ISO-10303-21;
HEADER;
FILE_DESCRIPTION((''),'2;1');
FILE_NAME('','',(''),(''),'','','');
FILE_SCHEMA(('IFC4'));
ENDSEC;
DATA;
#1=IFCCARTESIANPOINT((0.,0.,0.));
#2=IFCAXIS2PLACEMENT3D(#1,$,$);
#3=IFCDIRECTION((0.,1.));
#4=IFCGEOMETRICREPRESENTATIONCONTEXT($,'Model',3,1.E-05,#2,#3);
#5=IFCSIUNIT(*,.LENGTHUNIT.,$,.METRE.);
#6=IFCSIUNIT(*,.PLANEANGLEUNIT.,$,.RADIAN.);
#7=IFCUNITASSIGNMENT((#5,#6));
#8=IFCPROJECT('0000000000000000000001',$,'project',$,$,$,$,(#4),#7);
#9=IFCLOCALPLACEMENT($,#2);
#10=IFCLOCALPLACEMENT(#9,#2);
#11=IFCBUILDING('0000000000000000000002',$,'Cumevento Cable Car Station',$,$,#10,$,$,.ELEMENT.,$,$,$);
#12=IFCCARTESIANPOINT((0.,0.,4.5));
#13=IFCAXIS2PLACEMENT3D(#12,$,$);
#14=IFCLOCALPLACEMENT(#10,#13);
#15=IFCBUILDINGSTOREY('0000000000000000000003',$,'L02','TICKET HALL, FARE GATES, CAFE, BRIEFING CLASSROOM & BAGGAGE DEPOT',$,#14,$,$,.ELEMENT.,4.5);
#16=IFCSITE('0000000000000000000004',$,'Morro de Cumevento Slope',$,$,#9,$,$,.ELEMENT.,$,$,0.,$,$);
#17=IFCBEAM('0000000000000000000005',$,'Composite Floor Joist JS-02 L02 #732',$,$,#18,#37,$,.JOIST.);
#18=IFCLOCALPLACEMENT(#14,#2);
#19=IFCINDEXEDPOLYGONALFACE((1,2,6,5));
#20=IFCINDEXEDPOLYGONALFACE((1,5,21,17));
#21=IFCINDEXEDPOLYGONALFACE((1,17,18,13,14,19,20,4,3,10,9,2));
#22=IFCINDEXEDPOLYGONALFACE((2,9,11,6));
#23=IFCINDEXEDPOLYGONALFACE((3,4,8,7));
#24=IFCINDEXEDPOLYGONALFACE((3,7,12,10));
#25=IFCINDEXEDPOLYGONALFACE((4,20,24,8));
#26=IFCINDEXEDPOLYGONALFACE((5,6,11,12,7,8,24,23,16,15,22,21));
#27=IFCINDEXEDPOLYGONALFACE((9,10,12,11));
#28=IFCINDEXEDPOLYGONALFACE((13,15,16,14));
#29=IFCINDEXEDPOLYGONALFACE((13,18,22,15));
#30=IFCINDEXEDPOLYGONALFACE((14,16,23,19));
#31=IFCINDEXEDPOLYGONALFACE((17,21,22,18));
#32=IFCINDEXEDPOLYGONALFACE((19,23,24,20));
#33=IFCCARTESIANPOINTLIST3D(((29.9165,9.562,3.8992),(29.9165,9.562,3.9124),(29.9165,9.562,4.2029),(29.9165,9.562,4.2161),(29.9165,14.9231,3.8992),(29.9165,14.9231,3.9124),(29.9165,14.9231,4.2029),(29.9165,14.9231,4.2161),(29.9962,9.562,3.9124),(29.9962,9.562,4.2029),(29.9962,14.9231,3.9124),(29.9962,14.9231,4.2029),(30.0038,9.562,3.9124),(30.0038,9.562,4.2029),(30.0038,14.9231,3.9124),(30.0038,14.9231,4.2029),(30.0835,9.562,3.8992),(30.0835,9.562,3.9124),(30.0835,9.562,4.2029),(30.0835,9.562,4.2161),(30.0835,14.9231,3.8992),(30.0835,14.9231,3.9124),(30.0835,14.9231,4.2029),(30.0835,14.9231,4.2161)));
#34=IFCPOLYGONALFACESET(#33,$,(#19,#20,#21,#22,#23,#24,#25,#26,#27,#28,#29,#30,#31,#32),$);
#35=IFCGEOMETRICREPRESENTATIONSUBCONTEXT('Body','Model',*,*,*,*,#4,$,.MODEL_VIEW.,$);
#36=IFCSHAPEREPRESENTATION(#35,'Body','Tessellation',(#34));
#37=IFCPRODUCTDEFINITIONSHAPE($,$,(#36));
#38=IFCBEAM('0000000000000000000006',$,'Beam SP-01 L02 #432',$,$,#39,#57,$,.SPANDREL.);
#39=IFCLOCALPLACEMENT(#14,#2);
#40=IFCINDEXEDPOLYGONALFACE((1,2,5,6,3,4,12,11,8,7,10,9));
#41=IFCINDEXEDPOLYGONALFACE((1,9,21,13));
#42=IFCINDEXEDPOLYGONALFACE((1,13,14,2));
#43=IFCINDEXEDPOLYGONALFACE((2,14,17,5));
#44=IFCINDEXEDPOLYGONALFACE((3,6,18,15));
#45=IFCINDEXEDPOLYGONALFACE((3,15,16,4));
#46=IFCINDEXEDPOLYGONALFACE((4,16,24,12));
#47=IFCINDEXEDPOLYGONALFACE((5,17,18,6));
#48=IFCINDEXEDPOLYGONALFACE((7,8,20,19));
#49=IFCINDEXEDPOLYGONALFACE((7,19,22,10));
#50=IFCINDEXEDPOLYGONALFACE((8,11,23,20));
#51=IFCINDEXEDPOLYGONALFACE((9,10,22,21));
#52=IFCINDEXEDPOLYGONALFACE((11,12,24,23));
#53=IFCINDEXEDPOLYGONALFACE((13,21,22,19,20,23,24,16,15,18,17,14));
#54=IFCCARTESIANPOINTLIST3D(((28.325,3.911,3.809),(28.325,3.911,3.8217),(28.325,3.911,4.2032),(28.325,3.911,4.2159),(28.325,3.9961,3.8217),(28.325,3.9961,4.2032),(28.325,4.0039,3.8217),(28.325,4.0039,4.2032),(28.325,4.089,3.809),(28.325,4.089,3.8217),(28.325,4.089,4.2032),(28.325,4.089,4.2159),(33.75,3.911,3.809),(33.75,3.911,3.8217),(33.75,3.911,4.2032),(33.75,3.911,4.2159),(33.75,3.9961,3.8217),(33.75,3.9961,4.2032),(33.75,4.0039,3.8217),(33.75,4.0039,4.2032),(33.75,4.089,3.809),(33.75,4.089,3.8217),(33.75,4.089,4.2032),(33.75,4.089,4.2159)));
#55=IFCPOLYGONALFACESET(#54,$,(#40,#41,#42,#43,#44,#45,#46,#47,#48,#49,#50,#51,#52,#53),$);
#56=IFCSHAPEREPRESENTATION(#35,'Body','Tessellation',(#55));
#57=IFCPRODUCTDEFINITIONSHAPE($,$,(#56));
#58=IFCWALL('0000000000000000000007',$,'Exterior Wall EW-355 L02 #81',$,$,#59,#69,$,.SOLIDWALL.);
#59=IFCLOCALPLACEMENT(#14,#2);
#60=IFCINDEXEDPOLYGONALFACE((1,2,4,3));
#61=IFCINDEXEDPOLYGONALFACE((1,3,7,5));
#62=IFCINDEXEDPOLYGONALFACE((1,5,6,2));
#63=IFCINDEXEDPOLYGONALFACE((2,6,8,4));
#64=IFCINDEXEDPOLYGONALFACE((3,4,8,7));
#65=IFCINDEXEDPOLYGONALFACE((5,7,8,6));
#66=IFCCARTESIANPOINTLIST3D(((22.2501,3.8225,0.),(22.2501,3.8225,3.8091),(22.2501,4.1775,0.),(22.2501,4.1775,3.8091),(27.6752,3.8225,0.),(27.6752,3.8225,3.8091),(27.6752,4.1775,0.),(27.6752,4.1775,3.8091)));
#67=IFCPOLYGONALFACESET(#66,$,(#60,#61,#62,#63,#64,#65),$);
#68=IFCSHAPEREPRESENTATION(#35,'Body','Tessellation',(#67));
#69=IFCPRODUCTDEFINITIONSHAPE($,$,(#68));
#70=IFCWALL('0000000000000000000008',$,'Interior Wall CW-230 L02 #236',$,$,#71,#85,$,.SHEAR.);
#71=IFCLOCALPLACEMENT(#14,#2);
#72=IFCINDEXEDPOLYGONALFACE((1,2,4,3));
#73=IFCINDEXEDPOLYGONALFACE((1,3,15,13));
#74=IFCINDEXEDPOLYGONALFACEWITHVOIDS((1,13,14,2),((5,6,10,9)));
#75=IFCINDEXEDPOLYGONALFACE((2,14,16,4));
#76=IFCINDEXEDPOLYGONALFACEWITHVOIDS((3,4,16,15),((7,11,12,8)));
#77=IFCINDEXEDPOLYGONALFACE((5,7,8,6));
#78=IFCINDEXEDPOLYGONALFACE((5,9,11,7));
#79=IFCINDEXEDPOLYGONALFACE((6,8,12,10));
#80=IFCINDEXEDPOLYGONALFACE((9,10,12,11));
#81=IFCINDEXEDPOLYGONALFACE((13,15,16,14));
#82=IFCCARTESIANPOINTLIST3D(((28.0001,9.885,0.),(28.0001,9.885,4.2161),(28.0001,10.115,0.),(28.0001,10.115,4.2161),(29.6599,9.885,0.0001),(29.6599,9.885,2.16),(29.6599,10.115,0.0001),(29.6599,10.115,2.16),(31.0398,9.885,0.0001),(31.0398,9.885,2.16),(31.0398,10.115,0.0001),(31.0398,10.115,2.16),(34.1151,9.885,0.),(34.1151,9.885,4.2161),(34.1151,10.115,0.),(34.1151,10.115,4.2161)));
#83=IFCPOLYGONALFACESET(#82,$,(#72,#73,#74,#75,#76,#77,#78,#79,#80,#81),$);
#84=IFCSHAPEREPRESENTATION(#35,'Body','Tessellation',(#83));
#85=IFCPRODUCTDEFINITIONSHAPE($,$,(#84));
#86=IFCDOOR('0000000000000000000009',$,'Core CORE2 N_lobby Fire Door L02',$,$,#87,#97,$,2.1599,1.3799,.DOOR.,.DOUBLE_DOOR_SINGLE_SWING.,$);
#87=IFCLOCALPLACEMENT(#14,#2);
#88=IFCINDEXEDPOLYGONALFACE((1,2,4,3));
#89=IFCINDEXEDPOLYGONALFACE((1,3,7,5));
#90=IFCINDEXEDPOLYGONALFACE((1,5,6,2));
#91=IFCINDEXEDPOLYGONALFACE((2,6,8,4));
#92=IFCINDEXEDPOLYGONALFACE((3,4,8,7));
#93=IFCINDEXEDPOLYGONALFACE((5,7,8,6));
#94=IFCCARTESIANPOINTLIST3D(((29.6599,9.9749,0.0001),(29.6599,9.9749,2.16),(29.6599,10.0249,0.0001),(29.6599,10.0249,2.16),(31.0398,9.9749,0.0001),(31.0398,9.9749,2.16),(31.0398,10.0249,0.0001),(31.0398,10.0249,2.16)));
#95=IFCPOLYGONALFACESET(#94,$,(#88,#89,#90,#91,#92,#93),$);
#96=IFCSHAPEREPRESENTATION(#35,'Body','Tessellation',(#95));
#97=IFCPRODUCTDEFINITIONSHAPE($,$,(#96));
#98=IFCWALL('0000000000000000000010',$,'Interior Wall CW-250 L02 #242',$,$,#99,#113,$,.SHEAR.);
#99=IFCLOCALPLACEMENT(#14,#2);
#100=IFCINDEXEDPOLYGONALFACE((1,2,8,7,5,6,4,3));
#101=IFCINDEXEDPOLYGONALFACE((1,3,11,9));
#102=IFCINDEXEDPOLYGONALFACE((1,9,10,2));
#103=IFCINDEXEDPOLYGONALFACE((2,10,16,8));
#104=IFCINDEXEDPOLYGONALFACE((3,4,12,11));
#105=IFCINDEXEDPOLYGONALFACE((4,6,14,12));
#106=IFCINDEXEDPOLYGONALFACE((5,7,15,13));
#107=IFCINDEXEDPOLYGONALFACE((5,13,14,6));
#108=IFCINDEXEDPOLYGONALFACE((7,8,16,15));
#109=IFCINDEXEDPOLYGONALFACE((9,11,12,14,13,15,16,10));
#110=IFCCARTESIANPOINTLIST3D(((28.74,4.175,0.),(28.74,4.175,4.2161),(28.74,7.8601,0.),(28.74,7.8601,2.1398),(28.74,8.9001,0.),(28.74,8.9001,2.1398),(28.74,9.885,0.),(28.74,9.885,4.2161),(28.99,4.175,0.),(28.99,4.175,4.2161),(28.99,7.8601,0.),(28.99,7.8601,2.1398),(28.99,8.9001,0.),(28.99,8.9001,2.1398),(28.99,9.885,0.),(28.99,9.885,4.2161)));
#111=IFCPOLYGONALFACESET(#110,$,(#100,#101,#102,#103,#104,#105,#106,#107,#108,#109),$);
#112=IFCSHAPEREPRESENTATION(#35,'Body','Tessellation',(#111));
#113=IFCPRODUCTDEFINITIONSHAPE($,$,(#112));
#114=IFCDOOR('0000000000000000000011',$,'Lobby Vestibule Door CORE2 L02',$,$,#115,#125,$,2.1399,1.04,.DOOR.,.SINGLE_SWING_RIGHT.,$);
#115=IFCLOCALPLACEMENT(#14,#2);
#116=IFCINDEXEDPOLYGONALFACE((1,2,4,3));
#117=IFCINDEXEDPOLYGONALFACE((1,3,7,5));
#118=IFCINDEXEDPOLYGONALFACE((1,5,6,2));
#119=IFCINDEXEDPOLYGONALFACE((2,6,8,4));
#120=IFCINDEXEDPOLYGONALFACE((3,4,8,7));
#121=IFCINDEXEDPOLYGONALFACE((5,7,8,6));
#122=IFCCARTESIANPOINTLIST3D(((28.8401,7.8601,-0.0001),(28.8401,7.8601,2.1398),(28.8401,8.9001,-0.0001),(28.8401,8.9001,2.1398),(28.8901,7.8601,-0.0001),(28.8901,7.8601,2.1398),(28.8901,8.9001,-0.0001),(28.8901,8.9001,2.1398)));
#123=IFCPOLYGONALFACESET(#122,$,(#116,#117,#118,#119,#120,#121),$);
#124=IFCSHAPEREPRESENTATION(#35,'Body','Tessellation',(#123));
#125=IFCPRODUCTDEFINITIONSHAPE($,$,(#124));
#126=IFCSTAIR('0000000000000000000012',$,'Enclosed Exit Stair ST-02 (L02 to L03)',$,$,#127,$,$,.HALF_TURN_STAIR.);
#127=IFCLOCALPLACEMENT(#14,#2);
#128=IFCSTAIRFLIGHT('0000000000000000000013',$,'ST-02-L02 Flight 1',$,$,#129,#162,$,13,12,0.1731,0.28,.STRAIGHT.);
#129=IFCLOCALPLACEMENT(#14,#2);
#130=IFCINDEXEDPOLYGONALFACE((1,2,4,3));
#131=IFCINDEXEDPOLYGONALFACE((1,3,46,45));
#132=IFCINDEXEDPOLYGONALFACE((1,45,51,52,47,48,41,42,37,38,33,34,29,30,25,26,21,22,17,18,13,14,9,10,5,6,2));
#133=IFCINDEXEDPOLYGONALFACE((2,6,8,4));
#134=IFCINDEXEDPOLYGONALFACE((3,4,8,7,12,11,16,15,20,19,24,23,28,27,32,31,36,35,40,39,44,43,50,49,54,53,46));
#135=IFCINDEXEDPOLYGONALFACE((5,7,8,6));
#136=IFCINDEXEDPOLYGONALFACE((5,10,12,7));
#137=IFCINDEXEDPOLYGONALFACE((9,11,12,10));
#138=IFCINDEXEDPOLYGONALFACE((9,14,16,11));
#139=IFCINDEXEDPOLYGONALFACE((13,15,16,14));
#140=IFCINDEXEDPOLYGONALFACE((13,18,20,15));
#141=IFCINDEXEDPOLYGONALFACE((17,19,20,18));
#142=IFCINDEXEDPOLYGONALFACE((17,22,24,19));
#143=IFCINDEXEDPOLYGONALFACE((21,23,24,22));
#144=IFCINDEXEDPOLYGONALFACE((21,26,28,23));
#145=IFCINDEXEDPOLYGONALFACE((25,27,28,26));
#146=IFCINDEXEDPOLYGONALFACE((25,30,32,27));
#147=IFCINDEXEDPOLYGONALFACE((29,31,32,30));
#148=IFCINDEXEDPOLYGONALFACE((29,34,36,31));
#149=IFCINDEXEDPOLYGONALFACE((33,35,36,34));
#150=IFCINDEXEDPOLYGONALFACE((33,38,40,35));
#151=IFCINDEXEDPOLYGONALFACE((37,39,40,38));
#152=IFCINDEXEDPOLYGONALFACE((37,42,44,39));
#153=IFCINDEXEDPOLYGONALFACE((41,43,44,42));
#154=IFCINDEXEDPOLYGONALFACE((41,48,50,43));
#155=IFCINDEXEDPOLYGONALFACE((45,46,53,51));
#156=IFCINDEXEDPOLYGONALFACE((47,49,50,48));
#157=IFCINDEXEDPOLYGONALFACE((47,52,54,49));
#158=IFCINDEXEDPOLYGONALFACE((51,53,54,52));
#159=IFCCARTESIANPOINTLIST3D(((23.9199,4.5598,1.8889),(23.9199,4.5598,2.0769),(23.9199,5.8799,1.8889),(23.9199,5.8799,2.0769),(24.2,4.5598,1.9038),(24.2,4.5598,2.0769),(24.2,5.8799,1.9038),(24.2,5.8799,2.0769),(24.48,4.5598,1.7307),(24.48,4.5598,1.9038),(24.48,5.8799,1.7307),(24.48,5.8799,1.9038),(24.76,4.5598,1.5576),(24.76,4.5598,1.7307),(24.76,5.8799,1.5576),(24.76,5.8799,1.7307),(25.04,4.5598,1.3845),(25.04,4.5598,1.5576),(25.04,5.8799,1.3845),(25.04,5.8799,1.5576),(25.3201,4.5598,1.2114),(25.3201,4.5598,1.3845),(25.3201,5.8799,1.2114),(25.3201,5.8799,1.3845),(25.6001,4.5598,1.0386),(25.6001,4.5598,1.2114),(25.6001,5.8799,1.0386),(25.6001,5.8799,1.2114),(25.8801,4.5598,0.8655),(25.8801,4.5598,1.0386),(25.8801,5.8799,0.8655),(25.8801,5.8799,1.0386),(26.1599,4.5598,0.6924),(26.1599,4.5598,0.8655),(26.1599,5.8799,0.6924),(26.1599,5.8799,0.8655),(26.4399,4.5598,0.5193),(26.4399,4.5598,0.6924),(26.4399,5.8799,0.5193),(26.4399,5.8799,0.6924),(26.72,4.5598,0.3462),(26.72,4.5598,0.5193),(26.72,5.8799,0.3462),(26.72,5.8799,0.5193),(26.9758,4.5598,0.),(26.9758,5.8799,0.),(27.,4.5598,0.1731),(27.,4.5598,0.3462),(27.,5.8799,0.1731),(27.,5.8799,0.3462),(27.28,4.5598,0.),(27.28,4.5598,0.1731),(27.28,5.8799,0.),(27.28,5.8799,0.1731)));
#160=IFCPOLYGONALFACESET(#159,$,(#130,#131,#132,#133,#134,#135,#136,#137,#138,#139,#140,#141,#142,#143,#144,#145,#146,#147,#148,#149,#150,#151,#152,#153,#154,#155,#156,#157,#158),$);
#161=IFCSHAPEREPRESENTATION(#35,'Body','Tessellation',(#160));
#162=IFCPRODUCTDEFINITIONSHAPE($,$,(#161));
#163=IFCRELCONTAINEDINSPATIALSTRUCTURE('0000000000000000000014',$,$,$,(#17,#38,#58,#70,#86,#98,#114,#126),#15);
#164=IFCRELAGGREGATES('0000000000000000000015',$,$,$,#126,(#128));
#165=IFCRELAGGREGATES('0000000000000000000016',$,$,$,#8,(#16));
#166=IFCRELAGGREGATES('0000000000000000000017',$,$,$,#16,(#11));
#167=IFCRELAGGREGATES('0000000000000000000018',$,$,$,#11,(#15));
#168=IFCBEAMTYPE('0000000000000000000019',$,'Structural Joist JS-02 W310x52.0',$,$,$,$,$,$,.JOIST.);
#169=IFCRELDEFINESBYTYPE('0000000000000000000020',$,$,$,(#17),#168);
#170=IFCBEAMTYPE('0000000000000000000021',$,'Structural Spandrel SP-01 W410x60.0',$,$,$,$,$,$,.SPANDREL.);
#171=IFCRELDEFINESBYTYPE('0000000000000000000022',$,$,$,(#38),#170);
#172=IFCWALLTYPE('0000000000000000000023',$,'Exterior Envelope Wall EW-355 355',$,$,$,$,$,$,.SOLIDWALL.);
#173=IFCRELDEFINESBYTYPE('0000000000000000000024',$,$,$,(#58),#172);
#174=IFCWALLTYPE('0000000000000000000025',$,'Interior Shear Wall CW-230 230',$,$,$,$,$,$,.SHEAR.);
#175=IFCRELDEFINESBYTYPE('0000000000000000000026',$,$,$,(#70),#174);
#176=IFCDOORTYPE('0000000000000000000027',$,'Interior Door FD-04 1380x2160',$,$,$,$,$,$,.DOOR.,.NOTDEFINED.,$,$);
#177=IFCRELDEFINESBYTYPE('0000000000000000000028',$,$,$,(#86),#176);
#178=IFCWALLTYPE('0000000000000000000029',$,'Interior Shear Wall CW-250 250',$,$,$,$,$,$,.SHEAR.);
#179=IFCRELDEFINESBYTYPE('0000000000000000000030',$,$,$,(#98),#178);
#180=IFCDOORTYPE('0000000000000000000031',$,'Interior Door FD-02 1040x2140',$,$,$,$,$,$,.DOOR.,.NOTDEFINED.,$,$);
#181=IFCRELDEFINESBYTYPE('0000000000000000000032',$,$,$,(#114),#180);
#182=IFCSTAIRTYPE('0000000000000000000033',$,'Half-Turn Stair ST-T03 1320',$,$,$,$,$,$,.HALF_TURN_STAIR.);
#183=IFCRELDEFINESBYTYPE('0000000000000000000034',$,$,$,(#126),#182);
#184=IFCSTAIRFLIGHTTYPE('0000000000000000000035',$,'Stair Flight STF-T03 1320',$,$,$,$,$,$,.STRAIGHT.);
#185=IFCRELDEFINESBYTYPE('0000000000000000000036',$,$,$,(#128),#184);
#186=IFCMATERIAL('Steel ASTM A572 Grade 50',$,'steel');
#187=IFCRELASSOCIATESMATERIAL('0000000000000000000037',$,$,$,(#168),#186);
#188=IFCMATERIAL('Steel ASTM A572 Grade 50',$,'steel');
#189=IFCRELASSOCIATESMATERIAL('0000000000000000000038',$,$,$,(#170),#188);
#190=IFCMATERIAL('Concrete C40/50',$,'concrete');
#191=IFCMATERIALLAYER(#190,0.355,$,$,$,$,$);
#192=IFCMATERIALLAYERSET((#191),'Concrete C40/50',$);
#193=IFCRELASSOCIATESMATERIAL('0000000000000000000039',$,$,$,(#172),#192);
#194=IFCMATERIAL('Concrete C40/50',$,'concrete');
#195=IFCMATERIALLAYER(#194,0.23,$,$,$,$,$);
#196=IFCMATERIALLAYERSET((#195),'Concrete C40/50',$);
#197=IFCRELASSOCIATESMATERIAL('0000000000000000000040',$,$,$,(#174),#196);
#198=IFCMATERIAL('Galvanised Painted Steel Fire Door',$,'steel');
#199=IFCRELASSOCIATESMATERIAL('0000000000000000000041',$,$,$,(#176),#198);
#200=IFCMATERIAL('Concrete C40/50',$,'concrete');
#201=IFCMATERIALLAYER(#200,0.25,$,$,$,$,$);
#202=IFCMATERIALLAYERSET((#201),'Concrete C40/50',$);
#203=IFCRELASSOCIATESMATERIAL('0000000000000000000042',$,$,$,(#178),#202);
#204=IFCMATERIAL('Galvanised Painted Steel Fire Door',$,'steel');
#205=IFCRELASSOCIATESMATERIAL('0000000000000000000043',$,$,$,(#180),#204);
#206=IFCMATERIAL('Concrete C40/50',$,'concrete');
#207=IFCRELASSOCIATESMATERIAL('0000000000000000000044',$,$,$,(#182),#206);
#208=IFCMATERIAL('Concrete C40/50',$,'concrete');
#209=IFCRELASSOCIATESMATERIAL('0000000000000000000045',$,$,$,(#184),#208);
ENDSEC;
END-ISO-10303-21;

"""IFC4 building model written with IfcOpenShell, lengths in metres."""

from ifc_helpers import new_model, si_unit, direction, frame, frame_2d, origin, origin_2d, place, context, subcontext, project, spatial, polyline, rectangle, i_section, outline, extrude, material, layer, layer_set, material_profile, profile_set, type_object, element, fill, aggregate, save


model = new_model("IFC4")

# Units and contexts
model_context = context("Model", 3, precision=1e-05, world=origin(), true_north=direction((0.0, 1.0)))
body_context = subcontext(model_context, "Body", "Model", "MODEL_VIEW")
ifc_project = project(units=[si_unit("LENGTHUNIT", "METRE"), si_unit("PLANEANGLEUNIT", "RADIAN")], contexts=[model_context])

# Site, building, storey
site_placement = place(None, origin())
site = spatial("IfcSite", under=ifc_project, at=site_placement, Name="Morro de Cumevento Slope", CompositionType="ELEMENT", RefElevation=0.0)
building_placement = place(site_placement, origin())
building = spatial("IfcBuilding", under=site, at=building_placement, Name="Cumevento Cable Car Station", CompositionType="ELEMENT")
storey_placement = place(building_placement, frame((0.0, 0.0, 4.5)))
storey = spatial("IfcBuildingStorey", under=building, at=storey_placement, Name="L02", Description="TICKET HALL, FARE GATES, CAFE, BRIEFING CLASSROOM & BAGGAGE DEPOT", CompositionType="ELEMENT", Elevation=4.5)

# Beams
ifc_material_1 = material(Name="Steel ASTM A572 Grade 50", Category="steel")
ifc_material_profile_1 = material_profile(ifc_material_1, i_section(OverallWidth=0.167, OverallDepth=0.3169, WebThickness=0.0076, FlangeThickness=0.0132, at=origin_2d()), Name="W310x52.0")
ifc_profile_set_1 = profile_set([ifc_material_profile_1], Name="Steel ASTM A572 Grade 50")
beam_type_1 = type_object("IfcBeamType", Name="Structural Joist JS-02 W310x52.0", PredefinedType="JOIST", material=ifc_profile_set_1)
for number, where, z_axis, x_axis, name in (
    (1, (30.0, 9.562, 4.0576), (0.0, 1.0, 0.0), (-1.0, 0.0, 0.0), "Composite Floor Joist JS-02 L02 #732"),
):
    element("IfcBeam", number, at=place(storey_placement, frame(where, z_axis=z_axis, x_axis=x_axis)), inside=storey, type_object=beam_type_1, Name=name, PredefinedType="JOIST", context=body_context, shape_type="SweptSolid", body=[
        extrude(i_section(OverallWidth=0.167, OverallDepth=0.3169, WebThickness=0.0076, FlangeThickness=0.0132, at=origin_2d()), origin(), (0.0, 0.0, 1.0), 5.3611),
    ])
ifc_material_2 = material(Name="Steel ASTM A572 Grade 50", Category="steel")
ifc_material_profile_2 = material_profile(ifc_material_2, i_section(OverallWidth=0.178, OverallDepth=0.407, WebThickness=0.0078, FlangeThickness=0.0127, at=origin_2d()), Name="W410x60.0")
ifc_profile_set_2 = profile_set([ifc_material_profile_2], Name="Steel ASTM A572 Grade 50")
beam_type_2 = type_object("IfcBeamType", Name="Structural Spandrel SP-01 W410x60.0", PredefinedType="SPANDREL", material=ifc_profile_set_2)
beam_1_placement = place(storey_placement, frame((28.325, 4.0, 4.0125), z_axis=(1.0, 0.0, 0.0), x_axis=(0.0, 1.0, 0.0)))
element("IfcBeam", 2, at=beam_1_placement, inside=storey, type_object=beam_type_2, Name="Beam SP-01 L02 #432", PredefinedType="SPANDREL", context=body_context, shape_type="SweptSolid", body=[
    extrude(i_section(OverallWidth=0.178, OverallDepth=0.407, WebThickness=0.0078, FlangeThickness=0.0127, at=origin_2d()), origin(), (0.0, 0.0, 1.0), 5.425),
])

# Wall
ifc_material_3 = material(Name="Concrete C40/50", Category="concrete")
ifc_layer_1 = layer(ifc_material_3, 0.355)
ifc_layer_set_1 = layer_set([ifc_layer_1], Name="Concrete C40/50")
wall_type_1 = type_object("IfcWallType", Name="Exterior Envelope Wall EW-355 355", PredefinedType="SOLIDWALL", material=ifc_layer_set_1)
wall_1_placement = place(storey_placement, frame((27.675, 4.0, 0.0), z_axis=(0.0, 0.0, 1.0), x_axis=(-1.0, 0.0, 0.0)))
element("IfcWall", 3, at=wall_1_placement, inside=storey, type_object=wall_type_1, Name="Exterior Wall EW-355 L02 #81", PredefinedType="SOLIDWALL", context=body_context, shape_type="SweptSolid", body=[
    extrude(rectangle(XDim=5.425, YDim=0.355, at=frame_2d((2.7124, 0.0))), origin(), (0.0, 0.0, 1.0), 3.8091),
])

# Walls, openings, doors
ifc_material_4 = material(Name="Concrete C40/50", Category="concrete")
ifc_layer_2 = layer(ifc_material_4, 0.23)
ifc_layer_set_2 = layer_set([ifc_layer_2], Name="Concrete C40/50")
wall_type_2 = type_object("IfcWallType", Name="Interior Shear Wall CW-230 230", PredefinedType="SHEAR", material=ifc_layer_set_2)
wall_2_placement = place(storey_placement, frame((28.0, 10.0, 0.0), z_axis=(0.0, 0.0, 1.0), x_axis=(1.0, 0.0, 0.0)))
wall_2 = element("IfcWall", 4, at=wall_2_placement, inside=storey, type_object=wall_type_2, Name="Interior Wall CW-230 L02 #236", PredefinedType="SHEAR", context=body_context, shape_type="SweptSolid", body=[
    extrude(rectangle(XDim=6.115, YDim=0.23, at=frame_2d((3.0576, 0.0))), origin(), (0.0, 0.0, 1.0), 4.2161),
])
opening_1_placement = place(wall_2_placement, frame((1.6599, 0.0, 0.0)))
opening_1 = element("IfcOpeningElement", 5, at=opening_1_placement, cuts=wall_2, PredefinedType="OPENING", context=body_context, shape_type="SweptSolid", body=[
    extrude(rectangle(XDim=1.3799, YDim=2.1599, at=frame_2d((0.6899, 1.0801))), frame((0.0, 0.125, 0.0), z_axis=(0.0, -1.0, 0.0), x_axis=(1.0, 0.0, 0.0)), (0.0, 0.0, 1.0), 0.25),
])
ifc_material_5 = material(Name="Galvanised Painted Steel Fire Door", Category="steel")
door_type_1 = type_object("IfcDoorType", Name="Interior Door FD-04 1380x2160", OperationType="NOTDEFINED", PredefinedType="DOOR", material=ifc_material_5)
door_1_placement = place(opening_1_placement, origin())
door_1 = element("IfcDoor", 6, at=door_1_placement, inside=storey, type_object=door_type_1, Name="Core CORE2 N_lobby Fire Door L02", OperationType="DOUBLE_DOOR_SINGLE_SWING", OverallHeight=2.1599, OverallWidth=1.3799, PredefinedType="DOOR", context=body_context, shape_type="SweptSolid", body=[
    extrude(rectangle(XDim=1.3799, YDim=2.1599, at=frame_2d((0.6899, 1.0801))), frame((0.0, 0.0249, 0.0), z_axis=(0.0, -1.0, 0.0), x_axis=(1.0, 0.0, 0.0)), (0.0, 0.0, 1.0), 0.05),
])
fill(opening_1, door_1)
ifc_material_6 = material(Name="Concrete C40/50", Category="concrete")
ifc_layer_3 = layer(ifc_material_6, 0.25)
ifc_layer_set_3 = layer_set([ifc_layer_3], Name="Concrete C40/50")
wall_type_3 = type_object("IfcWallType", Name="Interior Shear Wall CW-250 250", PredefinedType="SHEAR", material=ifc_layer_set_3)
wall_3_placement = place(storey_placement, frame((28.865, 4.175, 0.0), z_axis=(0.0, 0.0, 1.0), x_axis=(0.0, 1.0, 0.0)))
wall_3 = element("IfcWall", 7, at=wall_3_placement, inside=storey, type_object=wall_type_3, Name="Interior Wall CW-250 L02 #242", PredefinedType="SHEAR", context=body_context, shape_type="SweptSolid", body=[
    extrude(rectangle(XDim=5.71, YDim=0.25, at=frame_2d((2.855, 0.0))), origin(), (0.0, 0.0, 1.0), 4.2161),
])
opening_2_placement = place(wall_3_placement, frame((3.6851, 0.0, 0.0)))
opening_2 = element("IfcOpeningElement", 8, at=opening_2_placement, cuts=wall_3, PredefinedType="OPENING", context=body_context, shape_type="SweptSolid", body=[
    extrude(rectangle(XDim=1.04, YDim=2.1399, at=frame_2d((0.52, 1.0698))), frame((0.0, 0.135, 0.0), z_axis=(0.0, -1.0, 0.0), x_axis=(1.0, 0.0, 0.0)), (0.0, 0.0, 1.0), 0.27),
])
ifc_material_7 = material(Name="Galvanised Painted Steel Fire Door", Category="steel")
door_type_2 = type_object("IfcDoorType", Name="Interior Door FD-02 1040x2140", OperationType="NOTDEFINED", PredefinedType="DOOR", material=ifc_material_7)
door_2_placement = place(opening_2_placement, origin())
door_2 = element("IfcDoor", 9, at=door_2_placement, inside=storey, type_object=door_type_2, Name="Lobby Vestibule Door CORE2 L02", OperationType="SINGLE_SWING_RIGHT", OverallHeight=2.1399, OverallWidth=1.04, PredefinedType="DOOR", context=body_context, shape_type="SweptSolid", body=[
    extrude(rectangle(XDim=1.04, YDim=2.1399, at=frame_2d((0.52, 1.0698))), frame((0.0, 0.0249, 0.0), z_axis=(0.0, -1.0, 0.0), x_axis=(1.0, 0.0, 0.0)), (0.0, 0.0, 1.0), 0.05),
])
fill(opening_2, door_2)

# Stair, stair flight
ifc_material_8 = material(Name="Concrete C40/50", Category="concrete")
stair_type = type_object("IfcStairType", Name="Half-Turn Stair ST-T03 1320", PredefinedType="HALF_TURN_STAIR", material=ifc_material_8)
stair_placement = place(storey_placement, origin())
stair = element("IfcStair", 10, at=stair_placement, inside=storey, type_object=stair_type, Name="Enclosed Exit Stair ST-02 (L02 to L03)", PredefinedType="HALF_TURN_STAIR")
ifc_material_9 = material(Name="Concrete C40/50", Category="concrete")
stair_flight_type = type_object("IfcStairFlightType", Name="Stair Flight STF-T03 1320", PredefinedType="STRAIGHT", material=ifc_material_9)
stair_flight_1_placement = place(storey_placement, frame((27.28, 5.22, 0.0), z_axis=(0.0, 0.0, 1.0), x_axis=(-1.0, 0.0, 0.0)))
stair_flight_1 = element("IfcStairFlight", 11, at=stair_flight_1_placement, type_object=stair_flight_type, Name="ST-02-L02 Flight 1", NumberOfRisers=13, NumberOfTreads=12, PredefinedType="STRAIGHT", RiserHeight=0.1731, TreadLength=0.28, context=body_context, shape_type="SweptSolid", body=[
    extrude(outline(polyline([(0.0, 0.0), (0.0, 0.1731), (0.28, 0.1731), (0.28, 0.3462), (0.5601, 0.3462), (0.5601, 0.5193), (0.8401, 0.5193), (0.8401, 0.6924), (1.1201, 0.6924), (1.1201, 0.8655), (1.3999, 0.8655), (1.3999, 1.0386), (1.6799, 1.0386), (1.6799, 1.2114), (1.96, 1.2114), (1.96, 1.3845), (2.24, 1.3845), (2.24, 1.5576), (2.52, 1.5576), (2.52, 1.7307), (2.8, 1.7307), (2.8, 1.9038), (3.0801, 1.9038), (3.0801, 2.0769), (3.3601, 2.0769), (3.3601, 2.25), (3.3601, 1.8889), (0.3042, 0.0), (0.0, 0.0)])), frame((0.0, 0.6602, 0.0), z_axis=(0.0, -1.0, 0.0), x_axis=(1.0, 0.0, 0.0)), (0.0, 0.0, 1.0), 1.3201),
])
aggregate(stair, [stair_flight_1])

save(model, "model.ifc")
